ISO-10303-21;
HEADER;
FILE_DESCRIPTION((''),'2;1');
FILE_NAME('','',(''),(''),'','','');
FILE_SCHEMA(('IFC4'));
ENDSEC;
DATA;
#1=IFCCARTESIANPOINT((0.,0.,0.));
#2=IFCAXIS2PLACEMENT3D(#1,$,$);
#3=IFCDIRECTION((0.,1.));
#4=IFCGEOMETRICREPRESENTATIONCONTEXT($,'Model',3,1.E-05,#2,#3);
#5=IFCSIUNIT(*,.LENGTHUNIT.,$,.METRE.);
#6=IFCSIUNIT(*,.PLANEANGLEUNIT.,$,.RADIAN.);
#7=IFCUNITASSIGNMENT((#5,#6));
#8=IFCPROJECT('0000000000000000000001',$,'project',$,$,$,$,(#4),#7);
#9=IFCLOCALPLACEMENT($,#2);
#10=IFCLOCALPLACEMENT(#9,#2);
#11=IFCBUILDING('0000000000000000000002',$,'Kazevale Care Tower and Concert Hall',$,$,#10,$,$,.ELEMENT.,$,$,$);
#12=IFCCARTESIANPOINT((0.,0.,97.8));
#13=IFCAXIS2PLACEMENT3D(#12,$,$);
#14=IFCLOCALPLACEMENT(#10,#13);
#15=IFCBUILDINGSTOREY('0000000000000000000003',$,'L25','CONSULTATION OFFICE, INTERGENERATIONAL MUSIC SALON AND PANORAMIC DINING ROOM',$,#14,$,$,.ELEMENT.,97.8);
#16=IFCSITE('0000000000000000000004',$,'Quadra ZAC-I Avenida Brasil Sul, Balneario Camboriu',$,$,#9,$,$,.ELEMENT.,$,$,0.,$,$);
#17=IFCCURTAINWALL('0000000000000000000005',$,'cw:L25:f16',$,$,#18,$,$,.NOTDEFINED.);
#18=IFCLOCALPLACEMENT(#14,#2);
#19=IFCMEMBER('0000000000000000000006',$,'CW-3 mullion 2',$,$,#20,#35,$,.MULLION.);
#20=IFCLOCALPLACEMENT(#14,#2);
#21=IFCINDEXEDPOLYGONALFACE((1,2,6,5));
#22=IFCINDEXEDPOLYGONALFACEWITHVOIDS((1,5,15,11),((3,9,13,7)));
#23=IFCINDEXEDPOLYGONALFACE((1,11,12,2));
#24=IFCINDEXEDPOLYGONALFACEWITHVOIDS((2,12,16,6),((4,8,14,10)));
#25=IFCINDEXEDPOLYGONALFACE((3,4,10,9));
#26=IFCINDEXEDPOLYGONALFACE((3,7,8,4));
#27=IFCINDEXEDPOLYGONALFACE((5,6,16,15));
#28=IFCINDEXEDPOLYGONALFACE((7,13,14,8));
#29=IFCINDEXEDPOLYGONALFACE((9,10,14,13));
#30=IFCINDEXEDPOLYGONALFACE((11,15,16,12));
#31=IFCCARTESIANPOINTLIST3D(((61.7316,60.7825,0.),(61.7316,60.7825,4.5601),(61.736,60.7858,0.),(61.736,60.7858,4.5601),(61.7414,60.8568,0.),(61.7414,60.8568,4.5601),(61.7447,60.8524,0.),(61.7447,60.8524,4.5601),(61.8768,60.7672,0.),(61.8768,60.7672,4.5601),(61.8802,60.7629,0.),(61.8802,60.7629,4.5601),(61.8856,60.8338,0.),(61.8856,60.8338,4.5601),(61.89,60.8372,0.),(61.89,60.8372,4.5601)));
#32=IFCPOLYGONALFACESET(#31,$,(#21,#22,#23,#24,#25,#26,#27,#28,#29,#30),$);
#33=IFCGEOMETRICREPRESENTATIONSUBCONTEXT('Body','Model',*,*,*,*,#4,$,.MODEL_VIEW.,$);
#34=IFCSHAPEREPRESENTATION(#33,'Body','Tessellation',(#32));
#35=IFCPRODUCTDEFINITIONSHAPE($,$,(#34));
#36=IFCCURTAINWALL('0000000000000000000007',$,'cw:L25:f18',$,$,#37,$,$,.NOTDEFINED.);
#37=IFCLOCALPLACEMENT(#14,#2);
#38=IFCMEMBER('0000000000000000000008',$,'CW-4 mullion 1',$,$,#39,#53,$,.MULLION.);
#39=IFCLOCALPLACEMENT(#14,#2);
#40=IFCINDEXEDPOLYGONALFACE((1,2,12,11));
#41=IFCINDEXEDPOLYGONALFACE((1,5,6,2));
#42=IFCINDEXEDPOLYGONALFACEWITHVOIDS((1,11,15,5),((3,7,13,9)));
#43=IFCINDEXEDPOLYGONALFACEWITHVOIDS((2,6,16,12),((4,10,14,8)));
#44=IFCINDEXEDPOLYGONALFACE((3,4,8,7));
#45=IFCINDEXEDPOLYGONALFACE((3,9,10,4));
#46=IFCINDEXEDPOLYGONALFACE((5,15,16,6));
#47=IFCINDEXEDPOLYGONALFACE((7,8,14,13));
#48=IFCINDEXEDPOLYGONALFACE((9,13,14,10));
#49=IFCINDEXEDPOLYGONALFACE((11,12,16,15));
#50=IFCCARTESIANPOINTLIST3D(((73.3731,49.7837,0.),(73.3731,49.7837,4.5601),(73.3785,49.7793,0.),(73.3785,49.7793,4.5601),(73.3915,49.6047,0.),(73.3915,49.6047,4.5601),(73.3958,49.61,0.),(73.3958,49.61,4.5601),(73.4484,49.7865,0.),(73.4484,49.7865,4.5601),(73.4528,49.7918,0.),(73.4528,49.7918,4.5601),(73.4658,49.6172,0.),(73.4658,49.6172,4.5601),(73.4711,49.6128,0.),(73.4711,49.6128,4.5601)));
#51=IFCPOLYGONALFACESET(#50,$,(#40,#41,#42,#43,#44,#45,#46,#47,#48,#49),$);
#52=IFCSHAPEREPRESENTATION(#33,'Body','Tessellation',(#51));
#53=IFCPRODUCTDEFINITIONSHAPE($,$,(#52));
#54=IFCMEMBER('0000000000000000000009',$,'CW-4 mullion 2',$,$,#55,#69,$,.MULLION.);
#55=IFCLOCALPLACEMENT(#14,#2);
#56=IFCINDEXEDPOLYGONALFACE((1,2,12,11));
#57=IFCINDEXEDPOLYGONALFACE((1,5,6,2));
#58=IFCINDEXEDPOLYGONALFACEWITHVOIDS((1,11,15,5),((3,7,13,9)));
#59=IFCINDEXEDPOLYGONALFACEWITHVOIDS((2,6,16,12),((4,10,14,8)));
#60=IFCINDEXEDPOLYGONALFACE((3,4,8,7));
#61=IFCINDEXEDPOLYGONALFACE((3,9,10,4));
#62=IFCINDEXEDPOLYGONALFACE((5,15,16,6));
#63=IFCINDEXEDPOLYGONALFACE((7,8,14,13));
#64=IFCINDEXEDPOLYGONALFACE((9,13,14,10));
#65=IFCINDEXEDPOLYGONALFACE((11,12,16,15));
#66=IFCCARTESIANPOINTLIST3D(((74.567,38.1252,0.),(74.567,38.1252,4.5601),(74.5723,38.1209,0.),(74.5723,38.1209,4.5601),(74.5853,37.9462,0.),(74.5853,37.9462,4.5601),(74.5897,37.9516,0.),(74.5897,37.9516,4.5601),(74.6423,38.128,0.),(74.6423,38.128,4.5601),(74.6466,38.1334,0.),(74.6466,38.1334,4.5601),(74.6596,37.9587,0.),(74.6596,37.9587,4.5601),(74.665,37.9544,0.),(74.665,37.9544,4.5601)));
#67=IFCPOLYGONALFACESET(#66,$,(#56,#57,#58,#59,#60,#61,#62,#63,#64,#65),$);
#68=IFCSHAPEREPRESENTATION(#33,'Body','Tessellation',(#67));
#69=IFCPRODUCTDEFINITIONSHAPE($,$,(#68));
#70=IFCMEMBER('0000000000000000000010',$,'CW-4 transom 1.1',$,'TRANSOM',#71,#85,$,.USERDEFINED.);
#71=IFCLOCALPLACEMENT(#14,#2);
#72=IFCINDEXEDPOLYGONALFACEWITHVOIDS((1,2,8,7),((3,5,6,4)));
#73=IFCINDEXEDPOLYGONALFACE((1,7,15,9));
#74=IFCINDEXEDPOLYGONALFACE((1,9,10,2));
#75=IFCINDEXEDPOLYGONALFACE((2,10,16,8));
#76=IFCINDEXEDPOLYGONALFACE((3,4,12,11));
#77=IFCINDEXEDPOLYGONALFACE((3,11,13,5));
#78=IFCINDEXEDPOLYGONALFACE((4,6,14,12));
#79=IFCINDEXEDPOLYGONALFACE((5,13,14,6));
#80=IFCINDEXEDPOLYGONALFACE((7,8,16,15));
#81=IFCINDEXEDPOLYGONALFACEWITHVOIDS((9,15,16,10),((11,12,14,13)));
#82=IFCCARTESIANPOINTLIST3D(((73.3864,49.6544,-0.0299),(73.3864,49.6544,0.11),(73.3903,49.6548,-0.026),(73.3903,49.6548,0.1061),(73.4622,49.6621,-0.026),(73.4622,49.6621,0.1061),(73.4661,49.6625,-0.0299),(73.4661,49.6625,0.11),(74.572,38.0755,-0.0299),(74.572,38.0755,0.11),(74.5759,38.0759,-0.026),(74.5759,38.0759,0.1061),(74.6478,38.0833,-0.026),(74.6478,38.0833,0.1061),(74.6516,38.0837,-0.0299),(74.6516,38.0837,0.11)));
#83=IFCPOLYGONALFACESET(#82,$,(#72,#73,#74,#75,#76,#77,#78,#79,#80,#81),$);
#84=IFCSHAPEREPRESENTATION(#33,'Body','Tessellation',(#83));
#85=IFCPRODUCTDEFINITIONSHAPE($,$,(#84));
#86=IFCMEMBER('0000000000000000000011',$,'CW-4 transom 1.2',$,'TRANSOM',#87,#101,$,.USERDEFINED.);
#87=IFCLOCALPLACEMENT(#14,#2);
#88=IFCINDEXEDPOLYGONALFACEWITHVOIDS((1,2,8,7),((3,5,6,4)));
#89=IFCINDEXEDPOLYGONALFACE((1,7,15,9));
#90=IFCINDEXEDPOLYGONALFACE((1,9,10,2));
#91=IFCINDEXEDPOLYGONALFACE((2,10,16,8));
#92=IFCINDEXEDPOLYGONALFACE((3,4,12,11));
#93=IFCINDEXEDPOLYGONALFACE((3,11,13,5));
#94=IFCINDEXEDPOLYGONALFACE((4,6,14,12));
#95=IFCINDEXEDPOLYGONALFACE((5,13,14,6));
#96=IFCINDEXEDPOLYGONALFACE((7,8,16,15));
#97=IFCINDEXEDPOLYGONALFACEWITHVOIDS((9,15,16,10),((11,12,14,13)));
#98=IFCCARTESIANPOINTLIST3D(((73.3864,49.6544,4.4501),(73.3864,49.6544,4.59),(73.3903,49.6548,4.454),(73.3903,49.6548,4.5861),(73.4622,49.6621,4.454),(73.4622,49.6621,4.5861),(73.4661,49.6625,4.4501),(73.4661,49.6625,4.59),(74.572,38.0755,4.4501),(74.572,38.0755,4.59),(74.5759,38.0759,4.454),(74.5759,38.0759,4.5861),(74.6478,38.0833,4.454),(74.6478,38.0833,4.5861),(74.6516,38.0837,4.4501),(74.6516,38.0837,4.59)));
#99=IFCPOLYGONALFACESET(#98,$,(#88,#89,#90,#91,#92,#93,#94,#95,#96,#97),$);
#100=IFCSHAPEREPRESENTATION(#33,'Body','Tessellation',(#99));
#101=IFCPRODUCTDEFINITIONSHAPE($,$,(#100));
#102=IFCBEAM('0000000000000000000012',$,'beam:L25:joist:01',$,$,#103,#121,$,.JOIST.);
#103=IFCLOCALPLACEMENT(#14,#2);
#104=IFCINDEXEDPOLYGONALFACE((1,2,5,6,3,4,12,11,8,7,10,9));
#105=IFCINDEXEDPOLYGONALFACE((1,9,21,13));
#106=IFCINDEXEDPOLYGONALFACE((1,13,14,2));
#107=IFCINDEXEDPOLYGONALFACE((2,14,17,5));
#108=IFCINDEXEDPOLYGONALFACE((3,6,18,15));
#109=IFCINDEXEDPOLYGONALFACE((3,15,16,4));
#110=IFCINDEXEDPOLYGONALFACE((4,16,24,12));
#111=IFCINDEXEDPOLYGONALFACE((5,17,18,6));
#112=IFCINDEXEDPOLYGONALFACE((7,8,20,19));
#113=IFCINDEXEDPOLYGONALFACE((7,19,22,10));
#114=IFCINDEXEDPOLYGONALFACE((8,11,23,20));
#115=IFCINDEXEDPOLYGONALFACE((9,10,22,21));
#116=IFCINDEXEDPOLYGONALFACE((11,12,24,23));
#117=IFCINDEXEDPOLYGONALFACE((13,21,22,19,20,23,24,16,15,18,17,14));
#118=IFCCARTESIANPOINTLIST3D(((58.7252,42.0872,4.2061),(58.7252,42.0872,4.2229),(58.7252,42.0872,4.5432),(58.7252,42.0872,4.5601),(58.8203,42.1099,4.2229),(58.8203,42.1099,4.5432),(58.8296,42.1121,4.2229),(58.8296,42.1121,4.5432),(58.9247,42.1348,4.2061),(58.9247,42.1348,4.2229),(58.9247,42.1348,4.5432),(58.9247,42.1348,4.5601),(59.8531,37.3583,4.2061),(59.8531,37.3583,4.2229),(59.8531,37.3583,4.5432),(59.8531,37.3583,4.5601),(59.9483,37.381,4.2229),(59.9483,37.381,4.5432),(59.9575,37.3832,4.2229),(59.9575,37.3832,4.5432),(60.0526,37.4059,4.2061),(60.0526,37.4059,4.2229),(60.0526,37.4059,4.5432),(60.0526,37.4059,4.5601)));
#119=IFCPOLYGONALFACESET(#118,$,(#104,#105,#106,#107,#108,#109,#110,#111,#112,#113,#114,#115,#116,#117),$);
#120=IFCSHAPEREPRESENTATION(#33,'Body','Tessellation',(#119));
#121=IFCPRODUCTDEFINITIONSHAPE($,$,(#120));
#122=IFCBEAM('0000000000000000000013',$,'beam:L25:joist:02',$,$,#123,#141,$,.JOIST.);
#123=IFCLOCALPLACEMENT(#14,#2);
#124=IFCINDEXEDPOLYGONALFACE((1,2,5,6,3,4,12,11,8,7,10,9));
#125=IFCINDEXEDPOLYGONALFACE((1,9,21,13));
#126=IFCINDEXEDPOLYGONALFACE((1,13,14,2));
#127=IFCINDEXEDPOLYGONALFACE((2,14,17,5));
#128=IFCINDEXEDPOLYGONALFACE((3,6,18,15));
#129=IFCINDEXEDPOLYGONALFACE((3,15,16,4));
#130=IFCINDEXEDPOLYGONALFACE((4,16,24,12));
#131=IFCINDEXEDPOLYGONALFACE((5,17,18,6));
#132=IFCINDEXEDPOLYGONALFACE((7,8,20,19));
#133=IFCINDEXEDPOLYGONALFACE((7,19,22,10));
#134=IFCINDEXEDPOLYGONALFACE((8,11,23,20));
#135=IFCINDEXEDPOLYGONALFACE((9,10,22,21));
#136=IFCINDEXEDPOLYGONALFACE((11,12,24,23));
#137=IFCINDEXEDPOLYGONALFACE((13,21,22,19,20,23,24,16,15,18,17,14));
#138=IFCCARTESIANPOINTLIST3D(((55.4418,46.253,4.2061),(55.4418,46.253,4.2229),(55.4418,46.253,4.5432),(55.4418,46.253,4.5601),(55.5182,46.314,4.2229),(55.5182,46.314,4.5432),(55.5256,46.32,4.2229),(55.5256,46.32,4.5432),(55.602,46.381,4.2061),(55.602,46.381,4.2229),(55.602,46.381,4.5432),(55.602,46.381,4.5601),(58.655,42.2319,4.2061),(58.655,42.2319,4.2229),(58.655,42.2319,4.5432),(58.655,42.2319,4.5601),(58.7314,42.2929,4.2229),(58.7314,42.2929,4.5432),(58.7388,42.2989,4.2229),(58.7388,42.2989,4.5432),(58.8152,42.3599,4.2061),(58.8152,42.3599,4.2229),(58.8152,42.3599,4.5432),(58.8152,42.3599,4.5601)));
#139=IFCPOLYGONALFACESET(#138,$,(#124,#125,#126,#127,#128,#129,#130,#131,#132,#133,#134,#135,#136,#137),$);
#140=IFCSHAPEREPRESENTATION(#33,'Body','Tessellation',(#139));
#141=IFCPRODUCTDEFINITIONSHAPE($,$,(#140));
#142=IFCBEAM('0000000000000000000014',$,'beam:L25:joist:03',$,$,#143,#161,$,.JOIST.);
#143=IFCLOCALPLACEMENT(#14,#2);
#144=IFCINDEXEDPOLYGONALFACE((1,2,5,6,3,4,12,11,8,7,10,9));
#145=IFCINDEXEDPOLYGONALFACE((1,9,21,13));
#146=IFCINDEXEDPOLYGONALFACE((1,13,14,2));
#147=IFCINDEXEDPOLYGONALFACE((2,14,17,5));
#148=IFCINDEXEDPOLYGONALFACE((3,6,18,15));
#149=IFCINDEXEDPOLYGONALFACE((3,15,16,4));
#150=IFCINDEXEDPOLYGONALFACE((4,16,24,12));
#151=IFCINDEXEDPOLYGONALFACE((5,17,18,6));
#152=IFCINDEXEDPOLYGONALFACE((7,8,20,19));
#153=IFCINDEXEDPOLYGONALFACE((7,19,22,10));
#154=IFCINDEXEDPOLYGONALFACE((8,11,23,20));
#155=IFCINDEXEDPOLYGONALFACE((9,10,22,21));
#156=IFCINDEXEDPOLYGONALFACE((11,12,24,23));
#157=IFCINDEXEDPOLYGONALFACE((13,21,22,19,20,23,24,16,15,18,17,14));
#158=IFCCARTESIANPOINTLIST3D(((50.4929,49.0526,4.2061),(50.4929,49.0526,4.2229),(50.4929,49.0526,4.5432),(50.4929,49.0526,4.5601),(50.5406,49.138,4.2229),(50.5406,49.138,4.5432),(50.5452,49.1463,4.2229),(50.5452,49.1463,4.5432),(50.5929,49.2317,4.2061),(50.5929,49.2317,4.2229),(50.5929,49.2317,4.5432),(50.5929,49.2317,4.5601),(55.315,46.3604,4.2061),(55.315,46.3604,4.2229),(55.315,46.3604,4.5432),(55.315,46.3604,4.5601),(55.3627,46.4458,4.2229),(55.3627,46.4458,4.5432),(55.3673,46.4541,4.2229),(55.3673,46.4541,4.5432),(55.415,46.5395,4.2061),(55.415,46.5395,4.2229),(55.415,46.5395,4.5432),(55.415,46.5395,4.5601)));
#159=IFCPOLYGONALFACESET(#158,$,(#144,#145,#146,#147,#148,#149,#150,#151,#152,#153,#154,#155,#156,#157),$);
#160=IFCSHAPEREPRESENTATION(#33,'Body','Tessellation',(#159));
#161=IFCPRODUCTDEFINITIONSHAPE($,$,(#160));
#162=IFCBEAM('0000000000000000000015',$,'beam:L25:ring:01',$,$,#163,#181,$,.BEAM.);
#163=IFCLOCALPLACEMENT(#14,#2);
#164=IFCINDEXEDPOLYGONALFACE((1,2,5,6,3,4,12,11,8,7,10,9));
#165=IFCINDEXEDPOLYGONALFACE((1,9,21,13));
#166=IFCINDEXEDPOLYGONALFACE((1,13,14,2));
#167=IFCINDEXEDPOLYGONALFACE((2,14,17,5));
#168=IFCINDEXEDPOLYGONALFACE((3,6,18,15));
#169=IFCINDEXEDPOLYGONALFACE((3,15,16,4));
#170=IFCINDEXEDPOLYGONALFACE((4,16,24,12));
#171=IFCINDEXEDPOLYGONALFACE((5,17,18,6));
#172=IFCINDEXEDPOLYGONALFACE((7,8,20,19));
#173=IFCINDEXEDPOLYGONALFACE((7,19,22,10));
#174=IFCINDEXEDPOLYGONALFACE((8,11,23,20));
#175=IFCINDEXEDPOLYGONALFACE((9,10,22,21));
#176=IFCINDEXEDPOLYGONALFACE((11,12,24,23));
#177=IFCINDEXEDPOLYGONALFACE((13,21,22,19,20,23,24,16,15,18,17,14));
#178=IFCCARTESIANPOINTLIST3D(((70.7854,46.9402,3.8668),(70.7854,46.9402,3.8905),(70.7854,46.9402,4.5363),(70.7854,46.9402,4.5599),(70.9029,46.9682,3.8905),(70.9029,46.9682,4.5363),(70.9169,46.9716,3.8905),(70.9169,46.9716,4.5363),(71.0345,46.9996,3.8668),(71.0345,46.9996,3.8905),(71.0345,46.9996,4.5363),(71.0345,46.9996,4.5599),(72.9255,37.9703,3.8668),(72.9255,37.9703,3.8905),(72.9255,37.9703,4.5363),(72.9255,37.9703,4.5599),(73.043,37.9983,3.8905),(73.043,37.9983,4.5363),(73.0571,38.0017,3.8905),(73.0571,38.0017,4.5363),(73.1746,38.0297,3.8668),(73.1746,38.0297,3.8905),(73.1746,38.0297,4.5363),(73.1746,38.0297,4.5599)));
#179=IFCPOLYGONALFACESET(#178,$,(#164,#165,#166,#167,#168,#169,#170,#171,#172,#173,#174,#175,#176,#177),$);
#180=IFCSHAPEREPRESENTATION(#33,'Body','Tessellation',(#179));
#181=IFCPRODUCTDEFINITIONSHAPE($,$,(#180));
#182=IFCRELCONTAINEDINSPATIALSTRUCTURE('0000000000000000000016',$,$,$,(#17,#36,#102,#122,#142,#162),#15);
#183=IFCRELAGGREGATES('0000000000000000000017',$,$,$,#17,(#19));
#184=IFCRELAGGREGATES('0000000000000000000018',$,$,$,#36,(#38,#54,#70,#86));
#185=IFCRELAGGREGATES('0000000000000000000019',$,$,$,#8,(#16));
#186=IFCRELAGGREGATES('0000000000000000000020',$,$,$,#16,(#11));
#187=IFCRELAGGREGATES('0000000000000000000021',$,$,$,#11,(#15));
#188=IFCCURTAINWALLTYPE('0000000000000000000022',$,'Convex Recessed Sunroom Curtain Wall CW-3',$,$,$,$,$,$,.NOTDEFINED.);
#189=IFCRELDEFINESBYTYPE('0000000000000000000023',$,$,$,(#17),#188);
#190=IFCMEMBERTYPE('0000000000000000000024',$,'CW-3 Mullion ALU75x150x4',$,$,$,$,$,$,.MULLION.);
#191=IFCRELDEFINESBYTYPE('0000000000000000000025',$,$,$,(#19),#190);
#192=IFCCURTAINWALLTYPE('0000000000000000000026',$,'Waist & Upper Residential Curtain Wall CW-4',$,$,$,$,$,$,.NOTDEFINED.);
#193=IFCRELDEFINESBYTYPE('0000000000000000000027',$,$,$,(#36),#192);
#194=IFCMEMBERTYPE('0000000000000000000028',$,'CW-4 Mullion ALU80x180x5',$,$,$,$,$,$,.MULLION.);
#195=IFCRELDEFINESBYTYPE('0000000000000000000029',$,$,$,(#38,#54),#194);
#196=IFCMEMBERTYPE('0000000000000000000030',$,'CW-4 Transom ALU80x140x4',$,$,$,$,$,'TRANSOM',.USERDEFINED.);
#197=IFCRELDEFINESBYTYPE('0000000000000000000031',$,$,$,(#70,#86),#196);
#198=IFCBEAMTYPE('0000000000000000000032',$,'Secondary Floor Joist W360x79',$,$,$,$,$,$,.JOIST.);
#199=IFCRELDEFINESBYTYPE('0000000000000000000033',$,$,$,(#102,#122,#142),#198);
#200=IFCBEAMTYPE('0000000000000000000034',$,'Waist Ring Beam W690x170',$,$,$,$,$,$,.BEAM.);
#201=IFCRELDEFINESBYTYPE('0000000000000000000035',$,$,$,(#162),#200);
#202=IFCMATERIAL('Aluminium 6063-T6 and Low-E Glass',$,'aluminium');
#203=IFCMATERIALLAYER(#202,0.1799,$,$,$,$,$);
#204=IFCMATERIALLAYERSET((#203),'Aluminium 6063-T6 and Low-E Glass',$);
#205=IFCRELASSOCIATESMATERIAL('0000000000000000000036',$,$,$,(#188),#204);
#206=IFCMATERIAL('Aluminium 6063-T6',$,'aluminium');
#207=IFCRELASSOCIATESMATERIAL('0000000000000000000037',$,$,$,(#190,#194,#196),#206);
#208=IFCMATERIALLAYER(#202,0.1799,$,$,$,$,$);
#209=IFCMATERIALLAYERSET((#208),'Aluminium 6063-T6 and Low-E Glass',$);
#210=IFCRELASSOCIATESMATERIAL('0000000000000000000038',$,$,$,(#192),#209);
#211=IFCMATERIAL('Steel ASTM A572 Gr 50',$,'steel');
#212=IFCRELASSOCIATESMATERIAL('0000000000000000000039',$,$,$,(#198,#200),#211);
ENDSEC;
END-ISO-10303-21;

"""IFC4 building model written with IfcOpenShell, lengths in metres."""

from ifc_helpers import new_model, si_unit, direction, frame, origin, origin_2d, place, context, subcontext, project, spatial, hollow_rectangle, i_section, extrude, material, layer, layer_set, material_profile, profile_set, type_object, element, aggregate, save


model = new_model("IFC4")

# Units and contexts
model_context = context("Model", 3, precision=1e-05, world=origin(), true_north=direction((0.0, 1.0)))
body_context = subcontext(model_context, "Body", "Model", "MODEL_VIEW")
ifc_project = project(units=[si_unit("LENGTHUNIT", "METRE"), si_unit("PLANEANGLEUNIT", "RADIAN")], contexts=[model_context])

# Site, building, storey
site_placement = place(None, origin())
site = spatial("IfcSite", under=ifc_project, at=site_placement, Name="Quadra ZAC-I Avenida Brasil Sul, Balneario Camboriu", CompositionType="ELEMENT", RefElevation=0.0)
building_placement = place(site_placement, origin())
building = spatial("IfcBuilding", under=site, at=building_placement, Name="Kazevale Care Tower and Concert Hall", CompositionType="ELEMENT")
storey_placement = place(building_placement, frame((0.0, 0.0, 97.8)))
storey = spatial("IfcBuildingStorey", under=building, at=storey_placement, Name="L25", Description="CONSULTATION OFFICE, INTERGENERATIONAL MUSIC SALON AND PANORAMIC DINING ROOM", CompositionType="ELEMENT", Elevation=97.8)

# Curtain wall, member
ifc_material_1 = material(Name="Aluminium 6063-T6 and Low-E Glass", Category="aluminium")
ifc_layer_1 = layer(ifc_material_1, 0.1799)
ifc_layer_set_1 = layer_set([ifc_layer_1], Name="Aluminium 6063-T6 and Low-E Glass")
curtain_wall_type_1 = type_object("IfcCurtainWallType", Name="Convex Recessed Sunroom Curtain Wall CW-3", PredefinedType="NOTDEFINED", material=ifc_layer_set_1)
curtain_wall_1_placement = place(storey_placement, origin())
curtain_wall_1 = element("IfcCurtainWall", 1, at=curtain_wall_1_placement, inside=storey, type_object=curtain_wall_type_1, Name="cw:L25:f16", PredefinedType="NOTDEFINED")
ifc_material_2 = material(Name="Aluminium 6063-T6", Category="aluminium")
ifc_material_profile_1 = material_profile(ifc_material_2, hollow_rectangle(XDim=0.075, YDim=0.1499, WallThickness=0.0039, at=origin_2d()), Name="ALU75x150x4")
ifc_profile_set_1 = profile_set([ifc_material_profile_1], Name="Aluminium 6063-T6")
member_type_1 = type_object("IfcMemberType", Name="CW-3 Mullion ALU75x150x4", PredefinedType="MULLION", material=ifc_profile_set_1)
member_1_placement = place(storey_placement, frame((61.8108, 60.8098, 0.0), z_axis=(0.0, 0.0, 1.0), x_axis=(0.130822, 0.991406, 0.0)))
member_1 = element("IfcMember", 2, at=member_1_placement, type_object=member_type_1, Name="CW-3 mullion 2", PredefinedType="MULLION", context=body_context, shape_type="SweptSolid", body=[
    extrude(hollow_rectangle(XDim=0.075, YDim=0.1499, WallThickness=0.0039, at=origin_2d()), origin(), (0.0, 0.0, 1.0), 4.5601),
])

# Curtain wall, members
ifc_layer_2 = layer(ifc_material_1, 0.1799)
ifc_layer_set_2 = layer_set([ifc_layer_2], Name="Aluminium 6063-T6 and Low-E Glass")
curtain_wall_type_2 = type_object("IfcCurtainWallType", Name="Waist & Upper Residential Curtain Wall CW-4", PredefinedType="NOTDEFINED", material=ifc_layer_set_2)
curtain_wall_2_placement = place(storey_placement, origin())
curtain_wall_2 = element("IfcCurtainWall", 3, at=curtain_wall_2_placement, inside=storey, type_object=curtain_wall_type_2, Name="cw:L25:f18", PredefinedType="NOTDEFINED")
ifc_material_profile_2 = material_profile(ifc_material_2, hollow_rectangle(XDim=0.0801, YDim=0.1799, WallThickness=0.0049, at=origin_2d()), Name="ALU80x180x5")
ifc_profile_set_2 = profile_set([ifc_material_profile_2], Name="Aluminium 6063-T6")
member_type_2 = type_object("IfcMemberType", Name="CW-4 Mullion ALU80x180x5", PredefinedType="MULLION", material=ifc_profile_set_2)
member_2_placement = place(storey_placement, frame((73.4221, 49.6982, 0.0), z_axis=(0.0, 0.0, 1.0), x_axis=(0.994798, 0.10187, 0.0)))
member_2 = element("IfcMember", 4, at=member_2_placement, type_object=member_type_2, Name="CW-4 mullion 1", PredefinedType="MULLION", context=body_context, shape_type="SweptSolid", body=[
    extrude(hollow_rectangle(XDim=0.0801, YDim=0.1799, WallThickness=0.0049, at=origin_2d()), origin(), (0.0, 0.0, 1.0), 4.5601),
])
member_3_placement = place(storey_placement, frame((74.616, 38.0398, 0.0), z_axis=(0.0, 0.0, 1.0), x_axis=(0.994798, 0.10187, 0.0)))
member_3 = element("IfcMember", 5, at=member_3_placement, type_object=member_type_2, Name="CW-4 mullion 2", PredefinedType="MULLION", context=body_context, shape_type="SweptSolid", body=[
    extrude(hollow_rectangle(XDim=0.0801, YDim=0.1799, WallThickness=0.0049, at=origin_2d()), origin(), (0.0, 0.0, 1.0), 4.5601),
])
ifc_material_profile_3 = material_profile(ifc_material_2, hollow_rectangle(XDim=0.0801, YDim=0.1399, WallThickness=0.0039, at=origin_2d()), Name="ALU80x140x4")
ifc_profile_set_3 = profile_set([ifc_material_profile_3], Name="Aluminium 6063-T6")
member_type_3 = type_object("IfcMemberType", Name="CW-4 Transom ALU80x140x4", ElementType="TRANSOM", PredefinedType="USERDEFINED", material=ifc_profile_set_3)
member_4_placement = place(storey_placement, frame((73.4263, 49.6584, 0.04), z_axis=(0.101856, -0.994799, 0.0), x_axis=(0.994799, 0.101856, 0.0)))
member_4 = element("IfcMember", 6, at=member_4_placement, type_object=member_type_3, Name="CW-4 transom 1.1", ObjectType="TRANSOM", PredefinedType="USERDEFINED", context=body_context, shape_type="SweptSolid", body=[
    extrude(hollow_rectangle(XDim=0.0801, YDim=0.1399, WallThickness=0.0039, at=origin_2d()), origin(), (0.0, 0.0, 1.0), 11.6394),
])
member_5_placement = place(storey_placement, frame((73.4263, 49.6584, 4.52), z_axis=(0.101856, -0.994799, 0.0), x_axis=(0.994799, 0.101856, 0.0)))
member_5 = element("IfcMember", 7, at=member_5_placement, type_object=member_type_3, Name="CW-4 transom 1.2", ObjectType="TRANSOM", PredefinedType="USERDEFINED", context=body_context, shape_type="SweptSolid", body=[
    extrude(hollow_rectangle(XDim=0.0801, YDim=0.1399, WallThickness=0.0039, at=origin_2d()), origin(), (0.0, 0.0, 1.0), 11.6394),
])

# Beams
ifc_material_3 = material(Name="Steel ASTM A572 Gr 50", Category="steel")
ifc_material_profile_4 = material_profile(ifc_material_3, i_section(OverallWidth=0.2051, OverallDepth=0.354, WebThickness=0.0095, FlangeThickness=0.0168, at=origin_2d()), Name="W360x79")
ifc_profile_set_4 = profile_set([ifc_material_profile_4], Name="Steel ASTM A572 Gr 50")
beam_type_1 = type_object("IfcBeamType", Name="Secondary Floor Joist W360x79", PredefinedType="JOIST", material=ifc_profile_set_4)
beam_1_placement = place(storey_placement, frame((59.9529, 37.3821, 4.3831), z_axis=(-0.232005, 0.972715, 0.0), x_axis=(-0.972715, -0.232005, 0.0)))
element("IfcBeam", 8, at=beam_1_placement, inside=storey, type_object=beam_type_1, Name="beam:L25:joist:01", PredefinedType="JOIST", context=body_context, shape_type="SweptSolid", body=[
    extrude(i_section(OverallWidth=0.2051, OverallDepth=0.354, WebThickness=0.0095, FlangeThickness=0.0168, at=origin_2d()), origin(), (0.0, 0.0, 1.0), 4.8616),
])
beam_2_placement = place(storey_placement, frame((58.7351, 42.2959, 4.3831), z_axis=(-0.624261, 0.781216, 0.0), x_axis=(-0.781216, -0.624261, 0.0)))
element("IfcBeam", 9, at=beam_2_placement, inside=storey, type_object=beam_type_1, Name="beam:L25:joist:02", PredefinedType="JOIST", context=body_context, shape_type="SweptSolid", body=[
    extrude(i_section(OverallWidth=0.2051, OverallDepth=0.354, WebThickness=0.0095, FlangeThickness=0.0168, at=origin_2d()), origin(), (0.0, 0.0, 1.0), 5.1472),
])
beam_3_placement = place(storey_placement, frame((55.365, 46.45, 4.3831), z_axis=(-0.873138, 0.487474, 0.0), x_axis=(-0.487474, -0.873138, 0.0)))
element("IfcBeam", 10, at=beam_3_placement, inside=storey, type_object=beam_type_1, Name="beam:L25:joist:03", PredefinedType="JOIST", context=body_context, shape_type="SweptSolid", body=[
    extrude(i_section(OverallWidth=0.2051, OverallDepth=0.354, WebThickness=0.0095, FlangeThickness=0.0168, at=origin_2d()), origin(), (0.0, 0.0, 1.0), 5.5227),
])
ifc_material_profile_5 = material_profile(ifc_material_3, i_section(OverallWidth=0.2561, OverallDepth=0.6931, WebThickness=0.0144, FlangeThickness=0.0237, at=origin_2d()), Name="W690x170")
ifc_profile_set_5 = profile_set([ifc_material_profile_5], Name="Steel ASTM A572 Gr 50")
beam_type_2 = type_object("IfcBeamType", Name="Waist Ring Beam W690x170", PredefinedType="BEAM", material=ifc_profile_set_5)
beam_4_placement = place(storey_placement, frame((73.05, 38.0, 4.2134), z_axis=(-0.232075, 0.972698, 0.0), x_axis=(-0.972698, -0.232075, 0.0)))
element("IfcBeam", 11, at=beam_4_placement, inside=storey, type_object=beam_type_2, Name="beam:L25:ring:01", PredefinedType="BEAM", context=body_context, shape_type="SweptSolid", body=[
    extrude(i_section(OverallWidth=0.2561, OverallDepth=0.6931, WebThickness=0.0144, FlangeThickness=0.0237, at=origin_2d()), origin(), (0.0, 0.0, 1.0), 9.2217),
])

aggregate(curtain_wall_1, [member_1])
aggregate(curtain_wall_2, [member_2, member_3, member_4, member_5])

save(model, "model.ifc")
